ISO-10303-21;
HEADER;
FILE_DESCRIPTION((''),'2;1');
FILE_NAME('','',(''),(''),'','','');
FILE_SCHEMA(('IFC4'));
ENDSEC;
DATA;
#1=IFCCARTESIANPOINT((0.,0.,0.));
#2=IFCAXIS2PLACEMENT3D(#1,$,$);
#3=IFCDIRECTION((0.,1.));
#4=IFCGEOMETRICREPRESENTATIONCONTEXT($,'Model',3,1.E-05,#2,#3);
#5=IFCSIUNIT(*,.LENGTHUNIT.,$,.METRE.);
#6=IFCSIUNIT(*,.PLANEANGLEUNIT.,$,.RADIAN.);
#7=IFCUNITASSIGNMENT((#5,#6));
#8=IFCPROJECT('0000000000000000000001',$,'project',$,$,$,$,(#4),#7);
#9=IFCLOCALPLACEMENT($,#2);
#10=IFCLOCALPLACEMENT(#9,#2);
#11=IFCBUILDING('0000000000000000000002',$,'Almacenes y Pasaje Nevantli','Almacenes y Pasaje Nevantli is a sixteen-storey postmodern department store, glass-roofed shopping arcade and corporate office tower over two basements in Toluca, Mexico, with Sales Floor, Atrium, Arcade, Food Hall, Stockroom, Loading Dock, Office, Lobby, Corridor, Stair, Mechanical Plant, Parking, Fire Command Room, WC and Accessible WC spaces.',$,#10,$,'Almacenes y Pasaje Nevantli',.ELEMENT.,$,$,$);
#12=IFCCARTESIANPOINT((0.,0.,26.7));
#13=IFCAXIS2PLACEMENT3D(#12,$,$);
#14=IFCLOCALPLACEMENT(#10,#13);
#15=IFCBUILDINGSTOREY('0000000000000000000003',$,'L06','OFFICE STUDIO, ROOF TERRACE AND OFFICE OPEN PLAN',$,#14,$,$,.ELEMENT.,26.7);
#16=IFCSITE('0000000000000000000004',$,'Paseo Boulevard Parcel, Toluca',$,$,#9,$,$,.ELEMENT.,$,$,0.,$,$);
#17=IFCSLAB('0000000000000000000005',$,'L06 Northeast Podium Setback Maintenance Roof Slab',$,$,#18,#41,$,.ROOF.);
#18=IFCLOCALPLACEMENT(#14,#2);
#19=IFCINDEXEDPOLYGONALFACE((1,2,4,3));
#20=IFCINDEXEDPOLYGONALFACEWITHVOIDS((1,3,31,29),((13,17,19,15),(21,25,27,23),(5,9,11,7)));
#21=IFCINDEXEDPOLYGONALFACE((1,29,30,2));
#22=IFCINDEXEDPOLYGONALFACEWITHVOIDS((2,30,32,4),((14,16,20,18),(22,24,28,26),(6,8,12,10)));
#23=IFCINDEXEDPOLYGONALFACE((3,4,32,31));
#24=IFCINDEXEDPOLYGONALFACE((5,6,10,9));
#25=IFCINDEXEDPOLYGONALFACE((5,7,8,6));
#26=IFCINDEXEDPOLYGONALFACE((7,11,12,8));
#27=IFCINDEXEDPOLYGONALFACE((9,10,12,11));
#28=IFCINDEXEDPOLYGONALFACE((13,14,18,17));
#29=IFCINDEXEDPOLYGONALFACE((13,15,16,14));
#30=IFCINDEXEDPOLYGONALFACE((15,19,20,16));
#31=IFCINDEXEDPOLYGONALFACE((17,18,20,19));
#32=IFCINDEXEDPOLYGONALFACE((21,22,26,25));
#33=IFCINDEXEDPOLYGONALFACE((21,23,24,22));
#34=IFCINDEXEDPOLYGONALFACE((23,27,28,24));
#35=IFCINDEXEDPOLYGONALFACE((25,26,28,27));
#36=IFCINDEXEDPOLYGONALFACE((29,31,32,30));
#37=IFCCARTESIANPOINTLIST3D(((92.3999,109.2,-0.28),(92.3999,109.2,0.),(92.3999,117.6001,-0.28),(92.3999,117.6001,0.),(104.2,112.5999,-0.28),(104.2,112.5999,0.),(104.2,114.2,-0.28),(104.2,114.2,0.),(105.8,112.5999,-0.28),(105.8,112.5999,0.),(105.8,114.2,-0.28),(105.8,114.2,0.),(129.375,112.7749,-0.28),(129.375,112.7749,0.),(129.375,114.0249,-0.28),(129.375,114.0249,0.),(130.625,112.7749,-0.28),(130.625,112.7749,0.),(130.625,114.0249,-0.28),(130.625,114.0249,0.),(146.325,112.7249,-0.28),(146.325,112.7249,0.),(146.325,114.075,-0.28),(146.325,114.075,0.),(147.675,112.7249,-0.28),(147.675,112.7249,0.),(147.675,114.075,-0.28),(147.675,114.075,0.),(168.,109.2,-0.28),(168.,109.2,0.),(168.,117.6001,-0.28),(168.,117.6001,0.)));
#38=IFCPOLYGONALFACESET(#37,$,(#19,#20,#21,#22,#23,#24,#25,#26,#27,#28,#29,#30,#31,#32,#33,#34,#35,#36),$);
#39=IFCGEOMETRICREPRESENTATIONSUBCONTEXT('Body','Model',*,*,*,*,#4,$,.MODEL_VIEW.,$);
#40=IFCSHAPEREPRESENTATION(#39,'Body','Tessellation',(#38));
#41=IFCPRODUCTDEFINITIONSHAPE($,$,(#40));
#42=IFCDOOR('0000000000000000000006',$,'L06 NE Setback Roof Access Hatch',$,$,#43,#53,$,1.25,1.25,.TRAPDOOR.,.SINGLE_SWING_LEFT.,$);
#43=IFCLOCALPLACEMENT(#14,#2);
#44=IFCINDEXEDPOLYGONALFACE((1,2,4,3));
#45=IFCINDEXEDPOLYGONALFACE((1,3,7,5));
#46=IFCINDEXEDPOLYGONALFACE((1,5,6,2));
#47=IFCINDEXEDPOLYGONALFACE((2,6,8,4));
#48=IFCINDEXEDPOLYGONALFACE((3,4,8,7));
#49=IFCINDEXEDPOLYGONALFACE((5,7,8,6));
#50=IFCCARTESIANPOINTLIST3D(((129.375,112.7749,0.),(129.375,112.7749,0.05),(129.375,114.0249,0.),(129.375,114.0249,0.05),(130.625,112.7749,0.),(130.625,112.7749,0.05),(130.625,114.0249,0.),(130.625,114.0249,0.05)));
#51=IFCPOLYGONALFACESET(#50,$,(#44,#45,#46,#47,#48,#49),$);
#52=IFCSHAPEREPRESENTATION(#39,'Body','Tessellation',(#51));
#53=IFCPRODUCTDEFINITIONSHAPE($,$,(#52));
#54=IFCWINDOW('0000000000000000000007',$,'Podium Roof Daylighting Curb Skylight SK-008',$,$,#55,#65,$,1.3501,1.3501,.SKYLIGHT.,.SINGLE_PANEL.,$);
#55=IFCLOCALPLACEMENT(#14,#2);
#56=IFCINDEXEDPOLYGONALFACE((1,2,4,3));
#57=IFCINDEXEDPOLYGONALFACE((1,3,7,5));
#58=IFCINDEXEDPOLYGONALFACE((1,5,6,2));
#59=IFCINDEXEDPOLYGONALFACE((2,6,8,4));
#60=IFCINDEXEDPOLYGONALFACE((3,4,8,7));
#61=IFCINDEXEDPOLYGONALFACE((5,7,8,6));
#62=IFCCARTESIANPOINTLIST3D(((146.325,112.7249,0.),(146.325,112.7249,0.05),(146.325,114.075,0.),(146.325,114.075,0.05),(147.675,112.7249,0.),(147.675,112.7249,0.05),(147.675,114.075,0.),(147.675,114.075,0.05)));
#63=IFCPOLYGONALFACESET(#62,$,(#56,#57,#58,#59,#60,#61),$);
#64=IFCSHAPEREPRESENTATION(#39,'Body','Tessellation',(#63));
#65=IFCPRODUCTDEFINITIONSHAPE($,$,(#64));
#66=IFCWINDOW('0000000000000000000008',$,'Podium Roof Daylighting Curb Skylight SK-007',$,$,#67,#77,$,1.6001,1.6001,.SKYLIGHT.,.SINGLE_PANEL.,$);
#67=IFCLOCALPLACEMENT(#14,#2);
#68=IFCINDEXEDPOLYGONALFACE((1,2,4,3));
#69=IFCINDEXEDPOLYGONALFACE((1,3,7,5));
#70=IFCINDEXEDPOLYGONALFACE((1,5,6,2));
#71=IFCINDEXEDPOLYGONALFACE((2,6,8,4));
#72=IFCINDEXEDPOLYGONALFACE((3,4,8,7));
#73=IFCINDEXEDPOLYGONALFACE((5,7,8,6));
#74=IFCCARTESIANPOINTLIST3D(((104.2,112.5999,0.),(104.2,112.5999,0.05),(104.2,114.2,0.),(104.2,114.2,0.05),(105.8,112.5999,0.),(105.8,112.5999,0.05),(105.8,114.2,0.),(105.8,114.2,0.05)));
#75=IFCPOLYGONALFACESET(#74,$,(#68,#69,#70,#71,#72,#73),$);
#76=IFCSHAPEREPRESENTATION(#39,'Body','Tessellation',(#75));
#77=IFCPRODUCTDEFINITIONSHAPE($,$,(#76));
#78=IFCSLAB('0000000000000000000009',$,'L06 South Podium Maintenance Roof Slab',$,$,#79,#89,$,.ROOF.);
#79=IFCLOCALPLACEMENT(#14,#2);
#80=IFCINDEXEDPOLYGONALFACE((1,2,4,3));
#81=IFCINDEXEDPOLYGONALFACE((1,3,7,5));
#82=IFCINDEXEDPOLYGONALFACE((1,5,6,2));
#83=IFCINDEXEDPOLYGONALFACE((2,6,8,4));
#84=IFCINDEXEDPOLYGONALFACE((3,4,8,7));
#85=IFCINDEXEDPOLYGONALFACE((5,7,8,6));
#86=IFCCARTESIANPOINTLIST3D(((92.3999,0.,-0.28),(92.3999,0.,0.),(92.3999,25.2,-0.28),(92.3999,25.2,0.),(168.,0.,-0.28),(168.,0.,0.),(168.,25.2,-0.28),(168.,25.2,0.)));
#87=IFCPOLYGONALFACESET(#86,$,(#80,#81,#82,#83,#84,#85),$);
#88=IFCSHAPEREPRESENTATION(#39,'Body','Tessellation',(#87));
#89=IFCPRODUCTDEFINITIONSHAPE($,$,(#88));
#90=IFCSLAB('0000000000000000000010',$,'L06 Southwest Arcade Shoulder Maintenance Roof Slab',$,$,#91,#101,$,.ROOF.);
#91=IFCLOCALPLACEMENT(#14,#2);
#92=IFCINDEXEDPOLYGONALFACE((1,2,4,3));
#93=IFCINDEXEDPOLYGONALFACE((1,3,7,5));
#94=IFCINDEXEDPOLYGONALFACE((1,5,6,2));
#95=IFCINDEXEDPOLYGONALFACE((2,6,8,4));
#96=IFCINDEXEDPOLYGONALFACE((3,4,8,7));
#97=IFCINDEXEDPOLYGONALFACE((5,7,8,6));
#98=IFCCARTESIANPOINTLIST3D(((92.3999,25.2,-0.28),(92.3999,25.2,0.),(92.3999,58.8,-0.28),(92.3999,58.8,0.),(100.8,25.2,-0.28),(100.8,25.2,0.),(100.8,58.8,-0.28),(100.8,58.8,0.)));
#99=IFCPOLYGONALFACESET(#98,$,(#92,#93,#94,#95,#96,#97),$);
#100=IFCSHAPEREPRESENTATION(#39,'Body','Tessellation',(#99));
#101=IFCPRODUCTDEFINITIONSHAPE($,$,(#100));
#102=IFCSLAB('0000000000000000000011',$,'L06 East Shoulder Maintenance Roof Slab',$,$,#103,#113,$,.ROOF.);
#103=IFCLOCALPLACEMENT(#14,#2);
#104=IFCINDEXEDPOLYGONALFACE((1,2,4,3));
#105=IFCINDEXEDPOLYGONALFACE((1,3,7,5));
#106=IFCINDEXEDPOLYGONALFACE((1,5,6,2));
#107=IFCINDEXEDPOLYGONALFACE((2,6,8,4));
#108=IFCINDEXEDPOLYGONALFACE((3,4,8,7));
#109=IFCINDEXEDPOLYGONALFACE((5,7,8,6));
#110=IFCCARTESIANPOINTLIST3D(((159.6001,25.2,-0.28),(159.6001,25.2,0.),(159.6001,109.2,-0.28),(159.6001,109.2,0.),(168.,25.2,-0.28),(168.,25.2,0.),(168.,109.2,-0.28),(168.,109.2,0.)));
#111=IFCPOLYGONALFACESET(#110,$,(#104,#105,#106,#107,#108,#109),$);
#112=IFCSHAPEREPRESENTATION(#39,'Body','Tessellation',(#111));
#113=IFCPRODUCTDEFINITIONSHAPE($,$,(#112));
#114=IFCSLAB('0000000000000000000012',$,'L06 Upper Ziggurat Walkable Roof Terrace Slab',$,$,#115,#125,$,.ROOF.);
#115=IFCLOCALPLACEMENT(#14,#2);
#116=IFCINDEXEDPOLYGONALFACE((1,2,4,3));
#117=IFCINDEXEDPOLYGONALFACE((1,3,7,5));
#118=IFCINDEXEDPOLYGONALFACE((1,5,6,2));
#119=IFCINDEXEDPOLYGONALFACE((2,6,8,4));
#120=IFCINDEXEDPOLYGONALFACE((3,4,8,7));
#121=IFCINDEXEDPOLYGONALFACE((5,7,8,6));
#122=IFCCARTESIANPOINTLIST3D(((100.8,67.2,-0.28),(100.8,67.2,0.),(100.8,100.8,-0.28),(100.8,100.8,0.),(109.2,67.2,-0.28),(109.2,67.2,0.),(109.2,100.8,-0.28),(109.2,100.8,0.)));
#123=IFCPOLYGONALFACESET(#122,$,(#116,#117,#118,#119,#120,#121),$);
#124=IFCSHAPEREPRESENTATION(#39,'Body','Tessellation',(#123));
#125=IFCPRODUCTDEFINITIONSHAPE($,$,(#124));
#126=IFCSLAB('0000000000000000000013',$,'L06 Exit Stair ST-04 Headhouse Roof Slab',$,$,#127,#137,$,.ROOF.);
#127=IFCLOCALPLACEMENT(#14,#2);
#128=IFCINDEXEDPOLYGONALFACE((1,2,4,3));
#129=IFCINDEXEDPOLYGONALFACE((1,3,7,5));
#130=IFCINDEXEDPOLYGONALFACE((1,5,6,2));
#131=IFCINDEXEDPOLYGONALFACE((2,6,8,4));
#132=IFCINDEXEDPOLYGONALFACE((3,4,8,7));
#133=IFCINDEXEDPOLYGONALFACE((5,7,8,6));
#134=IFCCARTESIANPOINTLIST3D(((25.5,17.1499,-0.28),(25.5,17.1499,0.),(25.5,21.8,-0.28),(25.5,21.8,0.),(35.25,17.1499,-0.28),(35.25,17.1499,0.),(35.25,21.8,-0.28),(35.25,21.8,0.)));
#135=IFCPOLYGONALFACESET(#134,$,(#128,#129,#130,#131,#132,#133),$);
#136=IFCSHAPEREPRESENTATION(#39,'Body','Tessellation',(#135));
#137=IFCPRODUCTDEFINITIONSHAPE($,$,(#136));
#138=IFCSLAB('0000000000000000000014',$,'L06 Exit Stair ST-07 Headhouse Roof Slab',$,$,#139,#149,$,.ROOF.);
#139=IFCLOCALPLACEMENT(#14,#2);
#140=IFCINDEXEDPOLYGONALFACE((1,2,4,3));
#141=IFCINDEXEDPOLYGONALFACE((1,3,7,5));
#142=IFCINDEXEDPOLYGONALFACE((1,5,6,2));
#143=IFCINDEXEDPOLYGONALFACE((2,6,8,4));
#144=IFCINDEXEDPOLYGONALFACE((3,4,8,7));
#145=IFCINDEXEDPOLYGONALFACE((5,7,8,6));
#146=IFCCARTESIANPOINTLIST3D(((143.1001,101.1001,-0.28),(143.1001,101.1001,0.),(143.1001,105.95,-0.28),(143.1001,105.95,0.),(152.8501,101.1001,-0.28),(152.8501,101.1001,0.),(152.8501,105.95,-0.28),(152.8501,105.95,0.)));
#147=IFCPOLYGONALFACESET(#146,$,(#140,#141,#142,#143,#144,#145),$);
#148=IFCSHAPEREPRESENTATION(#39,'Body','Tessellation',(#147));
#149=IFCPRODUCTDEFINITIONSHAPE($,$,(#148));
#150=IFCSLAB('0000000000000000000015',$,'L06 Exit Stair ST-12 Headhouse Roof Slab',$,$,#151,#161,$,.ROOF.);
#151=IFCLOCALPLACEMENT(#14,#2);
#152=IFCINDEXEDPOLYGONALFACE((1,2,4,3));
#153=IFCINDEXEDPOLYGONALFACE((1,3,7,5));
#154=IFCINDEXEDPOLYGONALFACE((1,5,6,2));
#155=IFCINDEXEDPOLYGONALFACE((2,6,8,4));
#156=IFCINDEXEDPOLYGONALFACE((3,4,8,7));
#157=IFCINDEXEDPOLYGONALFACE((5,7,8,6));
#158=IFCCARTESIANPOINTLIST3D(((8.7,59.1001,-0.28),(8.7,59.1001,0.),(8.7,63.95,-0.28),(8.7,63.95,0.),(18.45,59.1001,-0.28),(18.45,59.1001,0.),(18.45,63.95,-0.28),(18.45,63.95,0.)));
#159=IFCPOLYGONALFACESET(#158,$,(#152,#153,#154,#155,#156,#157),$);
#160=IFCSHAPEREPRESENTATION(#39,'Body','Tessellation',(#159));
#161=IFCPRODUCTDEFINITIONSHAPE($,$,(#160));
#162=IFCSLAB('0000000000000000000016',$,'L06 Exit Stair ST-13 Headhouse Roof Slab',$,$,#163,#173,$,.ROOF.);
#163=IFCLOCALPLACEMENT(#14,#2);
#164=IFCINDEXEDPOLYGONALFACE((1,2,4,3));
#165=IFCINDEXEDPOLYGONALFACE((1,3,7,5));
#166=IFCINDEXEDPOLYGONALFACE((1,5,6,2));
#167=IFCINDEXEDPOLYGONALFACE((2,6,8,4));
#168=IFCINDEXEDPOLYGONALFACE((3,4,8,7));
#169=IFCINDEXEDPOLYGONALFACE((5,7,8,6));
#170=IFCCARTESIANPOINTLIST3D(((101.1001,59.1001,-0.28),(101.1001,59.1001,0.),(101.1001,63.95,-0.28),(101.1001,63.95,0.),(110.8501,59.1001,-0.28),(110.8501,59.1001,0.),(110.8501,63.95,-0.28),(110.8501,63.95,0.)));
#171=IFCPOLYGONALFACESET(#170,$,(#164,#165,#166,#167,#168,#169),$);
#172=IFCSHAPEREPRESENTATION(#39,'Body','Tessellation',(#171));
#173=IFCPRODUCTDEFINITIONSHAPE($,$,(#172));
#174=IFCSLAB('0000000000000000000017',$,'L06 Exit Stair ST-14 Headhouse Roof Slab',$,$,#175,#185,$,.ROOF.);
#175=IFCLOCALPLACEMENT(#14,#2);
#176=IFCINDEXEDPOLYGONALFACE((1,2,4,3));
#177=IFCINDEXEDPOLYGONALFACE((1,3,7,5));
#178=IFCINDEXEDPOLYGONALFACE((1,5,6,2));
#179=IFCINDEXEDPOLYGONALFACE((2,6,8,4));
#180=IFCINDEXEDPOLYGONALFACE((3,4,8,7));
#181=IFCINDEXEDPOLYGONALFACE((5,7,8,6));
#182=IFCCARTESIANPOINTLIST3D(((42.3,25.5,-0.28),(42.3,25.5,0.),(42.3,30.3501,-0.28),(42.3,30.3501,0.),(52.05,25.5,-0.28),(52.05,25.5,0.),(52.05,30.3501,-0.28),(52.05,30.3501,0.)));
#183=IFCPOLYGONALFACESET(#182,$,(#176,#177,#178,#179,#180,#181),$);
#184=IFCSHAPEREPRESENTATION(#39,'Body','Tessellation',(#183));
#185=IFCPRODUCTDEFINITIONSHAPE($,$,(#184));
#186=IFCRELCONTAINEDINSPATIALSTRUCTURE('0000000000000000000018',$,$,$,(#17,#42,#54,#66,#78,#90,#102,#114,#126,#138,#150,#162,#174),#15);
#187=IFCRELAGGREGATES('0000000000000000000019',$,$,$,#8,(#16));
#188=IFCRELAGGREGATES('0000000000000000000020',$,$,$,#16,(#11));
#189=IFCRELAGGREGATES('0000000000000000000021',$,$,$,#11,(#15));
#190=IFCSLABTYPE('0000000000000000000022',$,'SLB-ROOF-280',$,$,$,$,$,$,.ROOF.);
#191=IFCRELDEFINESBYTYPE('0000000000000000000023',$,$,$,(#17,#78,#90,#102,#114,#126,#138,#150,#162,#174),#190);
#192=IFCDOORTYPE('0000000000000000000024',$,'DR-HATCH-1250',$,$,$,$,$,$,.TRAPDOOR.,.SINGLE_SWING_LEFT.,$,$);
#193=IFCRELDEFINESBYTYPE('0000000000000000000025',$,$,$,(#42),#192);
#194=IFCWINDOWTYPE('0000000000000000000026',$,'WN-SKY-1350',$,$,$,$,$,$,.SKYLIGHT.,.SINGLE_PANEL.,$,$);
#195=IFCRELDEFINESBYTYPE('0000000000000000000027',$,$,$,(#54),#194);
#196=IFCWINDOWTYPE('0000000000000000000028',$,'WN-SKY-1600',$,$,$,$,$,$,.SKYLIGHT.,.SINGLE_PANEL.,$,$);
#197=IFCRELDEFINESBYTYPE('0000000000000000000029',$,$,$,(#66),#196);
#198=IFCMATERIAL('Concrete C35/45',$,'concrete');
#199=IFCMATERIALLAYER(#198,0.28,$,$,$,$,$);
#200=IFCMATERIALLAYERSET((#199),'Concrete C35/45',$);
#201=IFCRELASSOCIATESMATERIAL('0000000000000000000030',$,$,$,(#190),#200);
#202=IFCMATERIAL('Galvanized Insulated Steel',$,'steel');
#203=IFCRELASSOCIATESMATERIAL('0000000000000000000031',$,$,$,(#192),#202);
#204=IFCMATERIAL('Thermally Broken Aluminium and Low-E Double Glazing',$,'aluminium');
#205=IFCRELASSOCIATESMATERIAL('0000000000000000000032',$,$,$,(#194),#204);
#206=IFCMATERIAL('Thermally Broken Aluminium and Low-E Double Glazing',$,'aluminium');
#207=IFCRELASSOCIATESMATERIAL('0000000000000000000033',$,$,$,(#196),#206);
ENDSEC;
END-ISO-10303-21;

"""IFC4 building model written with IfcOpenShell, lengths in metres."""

from ifc_helpers import new_model, si_unit, direction, frame, origin, origin_2d, place, context, subcontext, project, spatial, polyline, rectangle, outline, extrude, material, layer, layer_set, type_object, element, fill, save


model = new_model("IFC4")

# Units and contexts
model_context = context("Model", 3, precision=1e-05, world=origin(), true_north=direction((0.0, 1.0)))
body_context = subcontext(model_context, "Body", "Model", "MODEL_VIEW")
ifc_project = project(units=[si_unit("LENGTHUNIT", "METRE"), si_unit("PLANEANGLEUNIT", "RADIAN")], contexts=[model_context])

# Site, building, storey
site_placement = place(None, origin())
site = spatial("IfcSite", under=ifc_project, at=site_placement, Name="Paseo Boulevard Parcel, Toluca", CompositionType="ELEMENT", RefElevation=0.0)
building_placement = place(site_placement, origin())
building = spatial("IfcBuilding", under=site, at=building_placement, Name="Almacenes y Pasaje Nevantli", Description="Almacenes y Pasaje Nevantli is a sixteen-storey postmodern department store, glass-roofed shopping arcade and corporate office tower over two basements in Toluca, Mexico, with Sales Floor, Atrium, Arcade, Food Hall, Stockroom, Loading Dock, Office, Lobby, Corridor, Stair, Mechanical Plant, Parking, Fire Command Room, WC and Accessible WC spaces.", LongName="Almacenes y Pasaje Nevantli", CompositionType="ELEMENT")
storey_placement = place(building_placement, frame((0.0, 0.0, 26.7)))
storey = spatial("IfcBuildingStorey", under=building, at=storey_placement, Name="L06", Description="OFFICE STUDIO, ROOF TERRACE AND OFFICE OPEN PLAN", CompositionType="ELEMENT", Elevation=26.7)

# Shared definitions
ifc_material_1 = material(Name="Concrete C35/45", Category="concrete")
ifc_layer_1 = layer(ifc_material_1, 0.28)
ifc_layer_set_1 = layer_set([ifc_layer_1], Name="Concrete C35/45")
slab_type_1 = type_object("IfcSlabType", Name="SLB-ROOF-280", PredefinedType="ROOF", material=ifc_layer_set_1)
ifc_material_2 = material(Name="Galvanized Insulated Steel", Category="steel")
door_type_1 = type_object("IfcDoorType", Name="DR-HATCH-1250", OperationType="SINGLE_SWING_LEFT", PredefinedType="TRAPDOOR", material=ifc_material_2)
ifc_material_3 = material(Name="Thermally Broken Aluminium and Low-E Double Glazing", Category="aluminium")
window_type_1 = type_object("IfcWindowType", Name="WN-SKY-1350", PartitioningType="SINGLE_PANEL", PredefinedType="SKYLIGHT", material=ifc_material_3)
ifc_material_4 = material(Name="Thermally Broken Aluminium and Low-E Double Glazing", Category="aluminium")
window_type_2 = type_object("IfcWindowType", Name="WN-SKY-1600", PartitioningType="SINGLE_PANEL", PredefinedType="SKYLIGHT", material=ifc_material_4)

# Slab, openings, door, windows
slab_1_placement = place(storey_placement, frame((0.0, 0.0, -0.28)))
slab_1 = element("IfcSlab", 1, at=slab_1_placement, inside=storey, type_object=slab_type_1, Name="L06 Northeast Podium Setback Maintenance Roof Slab", PredefinedType="ROOF", context=body_context, shape_type="SweptSolid", body=[
    extrude(outline(polyline([(92.3999, 109.2), (168.0, 109.2), (168.0, 117.6001), (92.3999, 117.6001), (92.3999, 109.2)])), origin(), (0.0, 0.0, 1.0), 0.28),
])
opening_1_placement = place(slab_1_placement, frame((130.0, 113.3999, -0.01)))
opening_1 = element("IfcOpeningElement", 2, at=opening_1_placement, cuts=slab_1, PredefinedType="OPENING", context=body_context, shape_type="SweptSolid", body=[
    extrude(rectangle(XDim=1.25, YDim=1.25, at=origin_2d()), origin(), (0.0, 0.0, 1.0), 0.3501),
])
opening_2_placement = place(slab_1_placement, frame((105.0, 113.3999, -0.01)))
opening_2 = element("IfcOpeningElement", 3, at=opening_2_placement, cuts=slab_1, PredefinedType="OPENING", context=body_context, shape_type="SweptSolid", body=[
    extrude(rectangle(XDim=1.6001, YDim=1.6001, at=origin_2d()), origin(), (0.0, 0.0, 1.0), 0.3501),
])
opening_3_placement = place(slab_1_placement, frame((147.0, 113.3999, -0.01)))
opening_3 = element("IfcOpeningElement", 4, at=opening_3_placement, cuts=slab_1, PredefinedType="OPENING", context=body_context, shape_type="SweptSolid", body=[
    extrude(rectangle(XDim=1.3501, YDim=1.3501, at=origin_2d()), origin(), (0.0, 0.0, 1.0), 0.3501),
])
door_1_placement = place(slab_1_placement, frame((130.0, 113.3999, 0.28)))
door_1 = element("IfcDoor", 5, at=door_1_placement, inside=storey, type_object=door_type_1, Name="L06 NE Setback Roof Access Hatch", OperationType="SINGLE_SWING_LEFT", OverallHeight=1.25, OverallWidth=1.25, PredefinedType="TRAPDOOR", context=body_context, shape_type="SweptSolid", body=[
    extrude(rectangle(XDim=1.25, YDim=1.25, at=origin_2d()), origin(), (0.0, 0.0, 1.0), 0.05),
])
fill(opening_1, door_1)
window_1_placement = place(slab_1_placement, frame((147.0, 113.3999, 0.28)))
window_1 = element("IfcWindow", 6, at=window_1_placement, inside=storey, type_object=window_type_1, Name="Podium Roof Daylighting Curb Skylight SK-008", OverallHeight=1.3501, OverallWidth=1.3501, PartitioningType="SINGLE_PANEL", PredefinedType="SKYLIGHT", context=body_context, shape_type="SweptSolid", body=[
    extrude(rectangle(XDim=1.3501, YDim=1.3501, at=origin_2d()), origin(), (0.0, 0.0, 1.0), 0.05),
])
fill(opening_3, window_1)
window_2_placement = place(slab_1_placement, frame((105.0, 113.3999, 0.28)))
window_2 = element("IfcWindow", 7, at=window_2_placement, inside=storey, type_object=window_type_2, Name="Podium Roof Daylighting Curb Skylight SK-007", OverallHeight=1.6001, OverallWidth=1.6001, PartitioningType="SINGLE_PANEL", PredefinedType="SKYLIGHT", context=body_context, shape_type="SweptSolid", body=[
    extrude(rectangle(XDim=1.6001, YDim=1.6001, at=origin_2d()), origin(), (0.0, 0.0, 1.0), 0.05),
])
fill(opening_2, window_2)

# Slabs
slab_2_placement = place(storey_placement, frame((0.0, 0.0, -0.28)))
element("IfcSlab", 8, at=slab_2_placement, inside=storey, type_object=slab_type_1, Name="L06 South Podium Maintenance Roof Slab", PredefinedType="ROOF", context=body_context, shape_type="SweptSolid", body=[
    extrude(outline(polyline([(92.3999, 0.0), (168.0, 0.0), (168.0, 25.2), (92.3999, 25.2), (92.3999, 0.0)])), origin(), (0.0, 0.0, 1.0), 0.28),
])
slab_3_placement = place(storey_placement, frame((0.0, 0.0, -0.28)))
element("IfcSlab", 9, at=slab_3_placement, inside=storey, type_object=slab_type_1, Name="L06 Southwest Arcade Shoulder Maintenance Roof Slab", PredefinedType="ROOF", context=body_context, shape_type="SweptSolid", body=[
    extrude(outline(polyline([(92.3999, 25.2), (100.8, 25.2), (100.8, 58.8), (92.3999, 58.8), (92.3999, 25.2)])), origin(), (0.0, 0.0, 1.0), 0.28),
])
slab_4_placement = place(storey_placement, frame((0.0, 0.0, -0.28)))
element("IfcSlab", 10, at=slab_4_placement, inside=storey, type_object=slab_type_1, Name="L06 East Shoulder Maintenance Roof Slab", PredefinedType="ROOF", context=body_context, shape_type="SweptSolid", body=[
    extrude(outline(polyline([(159.6001, 25.2), (168.0, 25.2), (168.0, 109.2), (159.6001, 109.2), (159.6001, 25.2)])), origin(), (0.0, 0.0, 1.0), 0.28),
])
slab_5_placement = place(storey_placement, frame((0.0, 0.0, -0.28)))
element("IfcSlab", 11, at=slab_5_placement, inside=storey, type_object=slab_type_1, Name="L06 Upper Ziggurat Walkable Roof Terrace Slab", PredefinedType="ROOF", context=body_context, shape_type="SweptSolid", body=[
    extrude(outline(polyline([(100.8, 67.2), (109.2, 67.2), (109.2, 100.8), (100.8, 100.8), (100.8, 67.2)])), origin(), (0.0, 0.0, 1.0), 0.28),
])
slab_6_placement = place(storey_placement, frame((0.0, 0.0, -0.28)))
element("IfcSlab", 12, at=slab_6_placement, inside=storey, type_object=slab_type_1, Name="L06 Exit Stair ST-04 Headhouse Roof Slab", PredefinedType="ROOF", context=body_context, shape_type="SweptSolid", body=[
    extrude(outline(polyline([(25.5, 17.1499), (35.25, 17.1499), (35.25, 21.8), (25.5, 21.8), (25.5, 17.1499)])), origin(), (0.0, 0.0, 1.0), 0.28),
])
slab_7_placement = place(storey_placement, frame((0.0, 0.0, -0.28)))
element("IfcSlab", 13, at=slab_7_placement, inside=storey, type_object=slab_type_1, Name="L06 Exit Stair ST-07 Headhouse Roof Slab", PredefinedType="ROOF", context=body_context, shape_type="SweptSolid", body=[
    extrude(outline(polyline([(143.1001, 101.1001), (152.8501, 101.1001), (152.8501, 105.95), (143.1001, 105.95), (143.1001, 101.1001)])), origin(), (0.0, 0.0, 1.0), 0.28),
])
slab_8_placement = place(storey_placement, frame((0.0, 0.0, -0.28)))
element("IfcSlab", 14, at=slab_8_placement, inside=storey, type_object=slab_type_1, Name="L06 Exit Stair ST-12 Headhouse Roof Slab", PredefinedType="ROOF", context=body_context, shape_type="SweptSolid", body=[
    extrude(outline(polyline([(8.7, 59.1001), (18.45, 59.1001), (18.45, 63.95), (8.7, 63.95), (8.7, 59.1001)])), origin(), (0.0, 0.0, 1.0), 0.28),
])
slab_9_placement = place(storey_placement, frame((0.0, 0.0, -0.28)))
element("IfcSlab", 15, at=slab_9_placement, inside=storey, type_object=slab_type_1, Name="L06 Exit Stair ST-13 Headhouse Roof Slab", PredefinedType="ROOF", context=body_context, shape_type="SweptSolid", body=[
    extrude(outline(polyline([(101.1001, 59.1001), (110.8501, 59.1001), (110.8501, 63.95), (101.1001, 63.95), (101.1001, 59.1001)])), origin(), (0.0, 0.0, 1.0), 0.28),
])
slab_10_placement = place(storey_placement, frame((0.0, 0.0, -0.28)))
element("IfcSlab", 16, at=slab_10_placement, inside=storey, type_object=slab_type_1, Name="L06 Exit Stair ST-14 Headhouse Roof Slab", PredefinedType="ROOF", context=body_context, shape_type="SweptSolid", body=[
    extrude(outline(polyline([(42.3, 25.5), (52.05, 25.5), (52.05, 30.3501), (42.3, 30.3501), (42.3, 25.5)])), origin(), (0.0, 0.0, 1.0), 0.28),
])

save(model, "model.ifc")
